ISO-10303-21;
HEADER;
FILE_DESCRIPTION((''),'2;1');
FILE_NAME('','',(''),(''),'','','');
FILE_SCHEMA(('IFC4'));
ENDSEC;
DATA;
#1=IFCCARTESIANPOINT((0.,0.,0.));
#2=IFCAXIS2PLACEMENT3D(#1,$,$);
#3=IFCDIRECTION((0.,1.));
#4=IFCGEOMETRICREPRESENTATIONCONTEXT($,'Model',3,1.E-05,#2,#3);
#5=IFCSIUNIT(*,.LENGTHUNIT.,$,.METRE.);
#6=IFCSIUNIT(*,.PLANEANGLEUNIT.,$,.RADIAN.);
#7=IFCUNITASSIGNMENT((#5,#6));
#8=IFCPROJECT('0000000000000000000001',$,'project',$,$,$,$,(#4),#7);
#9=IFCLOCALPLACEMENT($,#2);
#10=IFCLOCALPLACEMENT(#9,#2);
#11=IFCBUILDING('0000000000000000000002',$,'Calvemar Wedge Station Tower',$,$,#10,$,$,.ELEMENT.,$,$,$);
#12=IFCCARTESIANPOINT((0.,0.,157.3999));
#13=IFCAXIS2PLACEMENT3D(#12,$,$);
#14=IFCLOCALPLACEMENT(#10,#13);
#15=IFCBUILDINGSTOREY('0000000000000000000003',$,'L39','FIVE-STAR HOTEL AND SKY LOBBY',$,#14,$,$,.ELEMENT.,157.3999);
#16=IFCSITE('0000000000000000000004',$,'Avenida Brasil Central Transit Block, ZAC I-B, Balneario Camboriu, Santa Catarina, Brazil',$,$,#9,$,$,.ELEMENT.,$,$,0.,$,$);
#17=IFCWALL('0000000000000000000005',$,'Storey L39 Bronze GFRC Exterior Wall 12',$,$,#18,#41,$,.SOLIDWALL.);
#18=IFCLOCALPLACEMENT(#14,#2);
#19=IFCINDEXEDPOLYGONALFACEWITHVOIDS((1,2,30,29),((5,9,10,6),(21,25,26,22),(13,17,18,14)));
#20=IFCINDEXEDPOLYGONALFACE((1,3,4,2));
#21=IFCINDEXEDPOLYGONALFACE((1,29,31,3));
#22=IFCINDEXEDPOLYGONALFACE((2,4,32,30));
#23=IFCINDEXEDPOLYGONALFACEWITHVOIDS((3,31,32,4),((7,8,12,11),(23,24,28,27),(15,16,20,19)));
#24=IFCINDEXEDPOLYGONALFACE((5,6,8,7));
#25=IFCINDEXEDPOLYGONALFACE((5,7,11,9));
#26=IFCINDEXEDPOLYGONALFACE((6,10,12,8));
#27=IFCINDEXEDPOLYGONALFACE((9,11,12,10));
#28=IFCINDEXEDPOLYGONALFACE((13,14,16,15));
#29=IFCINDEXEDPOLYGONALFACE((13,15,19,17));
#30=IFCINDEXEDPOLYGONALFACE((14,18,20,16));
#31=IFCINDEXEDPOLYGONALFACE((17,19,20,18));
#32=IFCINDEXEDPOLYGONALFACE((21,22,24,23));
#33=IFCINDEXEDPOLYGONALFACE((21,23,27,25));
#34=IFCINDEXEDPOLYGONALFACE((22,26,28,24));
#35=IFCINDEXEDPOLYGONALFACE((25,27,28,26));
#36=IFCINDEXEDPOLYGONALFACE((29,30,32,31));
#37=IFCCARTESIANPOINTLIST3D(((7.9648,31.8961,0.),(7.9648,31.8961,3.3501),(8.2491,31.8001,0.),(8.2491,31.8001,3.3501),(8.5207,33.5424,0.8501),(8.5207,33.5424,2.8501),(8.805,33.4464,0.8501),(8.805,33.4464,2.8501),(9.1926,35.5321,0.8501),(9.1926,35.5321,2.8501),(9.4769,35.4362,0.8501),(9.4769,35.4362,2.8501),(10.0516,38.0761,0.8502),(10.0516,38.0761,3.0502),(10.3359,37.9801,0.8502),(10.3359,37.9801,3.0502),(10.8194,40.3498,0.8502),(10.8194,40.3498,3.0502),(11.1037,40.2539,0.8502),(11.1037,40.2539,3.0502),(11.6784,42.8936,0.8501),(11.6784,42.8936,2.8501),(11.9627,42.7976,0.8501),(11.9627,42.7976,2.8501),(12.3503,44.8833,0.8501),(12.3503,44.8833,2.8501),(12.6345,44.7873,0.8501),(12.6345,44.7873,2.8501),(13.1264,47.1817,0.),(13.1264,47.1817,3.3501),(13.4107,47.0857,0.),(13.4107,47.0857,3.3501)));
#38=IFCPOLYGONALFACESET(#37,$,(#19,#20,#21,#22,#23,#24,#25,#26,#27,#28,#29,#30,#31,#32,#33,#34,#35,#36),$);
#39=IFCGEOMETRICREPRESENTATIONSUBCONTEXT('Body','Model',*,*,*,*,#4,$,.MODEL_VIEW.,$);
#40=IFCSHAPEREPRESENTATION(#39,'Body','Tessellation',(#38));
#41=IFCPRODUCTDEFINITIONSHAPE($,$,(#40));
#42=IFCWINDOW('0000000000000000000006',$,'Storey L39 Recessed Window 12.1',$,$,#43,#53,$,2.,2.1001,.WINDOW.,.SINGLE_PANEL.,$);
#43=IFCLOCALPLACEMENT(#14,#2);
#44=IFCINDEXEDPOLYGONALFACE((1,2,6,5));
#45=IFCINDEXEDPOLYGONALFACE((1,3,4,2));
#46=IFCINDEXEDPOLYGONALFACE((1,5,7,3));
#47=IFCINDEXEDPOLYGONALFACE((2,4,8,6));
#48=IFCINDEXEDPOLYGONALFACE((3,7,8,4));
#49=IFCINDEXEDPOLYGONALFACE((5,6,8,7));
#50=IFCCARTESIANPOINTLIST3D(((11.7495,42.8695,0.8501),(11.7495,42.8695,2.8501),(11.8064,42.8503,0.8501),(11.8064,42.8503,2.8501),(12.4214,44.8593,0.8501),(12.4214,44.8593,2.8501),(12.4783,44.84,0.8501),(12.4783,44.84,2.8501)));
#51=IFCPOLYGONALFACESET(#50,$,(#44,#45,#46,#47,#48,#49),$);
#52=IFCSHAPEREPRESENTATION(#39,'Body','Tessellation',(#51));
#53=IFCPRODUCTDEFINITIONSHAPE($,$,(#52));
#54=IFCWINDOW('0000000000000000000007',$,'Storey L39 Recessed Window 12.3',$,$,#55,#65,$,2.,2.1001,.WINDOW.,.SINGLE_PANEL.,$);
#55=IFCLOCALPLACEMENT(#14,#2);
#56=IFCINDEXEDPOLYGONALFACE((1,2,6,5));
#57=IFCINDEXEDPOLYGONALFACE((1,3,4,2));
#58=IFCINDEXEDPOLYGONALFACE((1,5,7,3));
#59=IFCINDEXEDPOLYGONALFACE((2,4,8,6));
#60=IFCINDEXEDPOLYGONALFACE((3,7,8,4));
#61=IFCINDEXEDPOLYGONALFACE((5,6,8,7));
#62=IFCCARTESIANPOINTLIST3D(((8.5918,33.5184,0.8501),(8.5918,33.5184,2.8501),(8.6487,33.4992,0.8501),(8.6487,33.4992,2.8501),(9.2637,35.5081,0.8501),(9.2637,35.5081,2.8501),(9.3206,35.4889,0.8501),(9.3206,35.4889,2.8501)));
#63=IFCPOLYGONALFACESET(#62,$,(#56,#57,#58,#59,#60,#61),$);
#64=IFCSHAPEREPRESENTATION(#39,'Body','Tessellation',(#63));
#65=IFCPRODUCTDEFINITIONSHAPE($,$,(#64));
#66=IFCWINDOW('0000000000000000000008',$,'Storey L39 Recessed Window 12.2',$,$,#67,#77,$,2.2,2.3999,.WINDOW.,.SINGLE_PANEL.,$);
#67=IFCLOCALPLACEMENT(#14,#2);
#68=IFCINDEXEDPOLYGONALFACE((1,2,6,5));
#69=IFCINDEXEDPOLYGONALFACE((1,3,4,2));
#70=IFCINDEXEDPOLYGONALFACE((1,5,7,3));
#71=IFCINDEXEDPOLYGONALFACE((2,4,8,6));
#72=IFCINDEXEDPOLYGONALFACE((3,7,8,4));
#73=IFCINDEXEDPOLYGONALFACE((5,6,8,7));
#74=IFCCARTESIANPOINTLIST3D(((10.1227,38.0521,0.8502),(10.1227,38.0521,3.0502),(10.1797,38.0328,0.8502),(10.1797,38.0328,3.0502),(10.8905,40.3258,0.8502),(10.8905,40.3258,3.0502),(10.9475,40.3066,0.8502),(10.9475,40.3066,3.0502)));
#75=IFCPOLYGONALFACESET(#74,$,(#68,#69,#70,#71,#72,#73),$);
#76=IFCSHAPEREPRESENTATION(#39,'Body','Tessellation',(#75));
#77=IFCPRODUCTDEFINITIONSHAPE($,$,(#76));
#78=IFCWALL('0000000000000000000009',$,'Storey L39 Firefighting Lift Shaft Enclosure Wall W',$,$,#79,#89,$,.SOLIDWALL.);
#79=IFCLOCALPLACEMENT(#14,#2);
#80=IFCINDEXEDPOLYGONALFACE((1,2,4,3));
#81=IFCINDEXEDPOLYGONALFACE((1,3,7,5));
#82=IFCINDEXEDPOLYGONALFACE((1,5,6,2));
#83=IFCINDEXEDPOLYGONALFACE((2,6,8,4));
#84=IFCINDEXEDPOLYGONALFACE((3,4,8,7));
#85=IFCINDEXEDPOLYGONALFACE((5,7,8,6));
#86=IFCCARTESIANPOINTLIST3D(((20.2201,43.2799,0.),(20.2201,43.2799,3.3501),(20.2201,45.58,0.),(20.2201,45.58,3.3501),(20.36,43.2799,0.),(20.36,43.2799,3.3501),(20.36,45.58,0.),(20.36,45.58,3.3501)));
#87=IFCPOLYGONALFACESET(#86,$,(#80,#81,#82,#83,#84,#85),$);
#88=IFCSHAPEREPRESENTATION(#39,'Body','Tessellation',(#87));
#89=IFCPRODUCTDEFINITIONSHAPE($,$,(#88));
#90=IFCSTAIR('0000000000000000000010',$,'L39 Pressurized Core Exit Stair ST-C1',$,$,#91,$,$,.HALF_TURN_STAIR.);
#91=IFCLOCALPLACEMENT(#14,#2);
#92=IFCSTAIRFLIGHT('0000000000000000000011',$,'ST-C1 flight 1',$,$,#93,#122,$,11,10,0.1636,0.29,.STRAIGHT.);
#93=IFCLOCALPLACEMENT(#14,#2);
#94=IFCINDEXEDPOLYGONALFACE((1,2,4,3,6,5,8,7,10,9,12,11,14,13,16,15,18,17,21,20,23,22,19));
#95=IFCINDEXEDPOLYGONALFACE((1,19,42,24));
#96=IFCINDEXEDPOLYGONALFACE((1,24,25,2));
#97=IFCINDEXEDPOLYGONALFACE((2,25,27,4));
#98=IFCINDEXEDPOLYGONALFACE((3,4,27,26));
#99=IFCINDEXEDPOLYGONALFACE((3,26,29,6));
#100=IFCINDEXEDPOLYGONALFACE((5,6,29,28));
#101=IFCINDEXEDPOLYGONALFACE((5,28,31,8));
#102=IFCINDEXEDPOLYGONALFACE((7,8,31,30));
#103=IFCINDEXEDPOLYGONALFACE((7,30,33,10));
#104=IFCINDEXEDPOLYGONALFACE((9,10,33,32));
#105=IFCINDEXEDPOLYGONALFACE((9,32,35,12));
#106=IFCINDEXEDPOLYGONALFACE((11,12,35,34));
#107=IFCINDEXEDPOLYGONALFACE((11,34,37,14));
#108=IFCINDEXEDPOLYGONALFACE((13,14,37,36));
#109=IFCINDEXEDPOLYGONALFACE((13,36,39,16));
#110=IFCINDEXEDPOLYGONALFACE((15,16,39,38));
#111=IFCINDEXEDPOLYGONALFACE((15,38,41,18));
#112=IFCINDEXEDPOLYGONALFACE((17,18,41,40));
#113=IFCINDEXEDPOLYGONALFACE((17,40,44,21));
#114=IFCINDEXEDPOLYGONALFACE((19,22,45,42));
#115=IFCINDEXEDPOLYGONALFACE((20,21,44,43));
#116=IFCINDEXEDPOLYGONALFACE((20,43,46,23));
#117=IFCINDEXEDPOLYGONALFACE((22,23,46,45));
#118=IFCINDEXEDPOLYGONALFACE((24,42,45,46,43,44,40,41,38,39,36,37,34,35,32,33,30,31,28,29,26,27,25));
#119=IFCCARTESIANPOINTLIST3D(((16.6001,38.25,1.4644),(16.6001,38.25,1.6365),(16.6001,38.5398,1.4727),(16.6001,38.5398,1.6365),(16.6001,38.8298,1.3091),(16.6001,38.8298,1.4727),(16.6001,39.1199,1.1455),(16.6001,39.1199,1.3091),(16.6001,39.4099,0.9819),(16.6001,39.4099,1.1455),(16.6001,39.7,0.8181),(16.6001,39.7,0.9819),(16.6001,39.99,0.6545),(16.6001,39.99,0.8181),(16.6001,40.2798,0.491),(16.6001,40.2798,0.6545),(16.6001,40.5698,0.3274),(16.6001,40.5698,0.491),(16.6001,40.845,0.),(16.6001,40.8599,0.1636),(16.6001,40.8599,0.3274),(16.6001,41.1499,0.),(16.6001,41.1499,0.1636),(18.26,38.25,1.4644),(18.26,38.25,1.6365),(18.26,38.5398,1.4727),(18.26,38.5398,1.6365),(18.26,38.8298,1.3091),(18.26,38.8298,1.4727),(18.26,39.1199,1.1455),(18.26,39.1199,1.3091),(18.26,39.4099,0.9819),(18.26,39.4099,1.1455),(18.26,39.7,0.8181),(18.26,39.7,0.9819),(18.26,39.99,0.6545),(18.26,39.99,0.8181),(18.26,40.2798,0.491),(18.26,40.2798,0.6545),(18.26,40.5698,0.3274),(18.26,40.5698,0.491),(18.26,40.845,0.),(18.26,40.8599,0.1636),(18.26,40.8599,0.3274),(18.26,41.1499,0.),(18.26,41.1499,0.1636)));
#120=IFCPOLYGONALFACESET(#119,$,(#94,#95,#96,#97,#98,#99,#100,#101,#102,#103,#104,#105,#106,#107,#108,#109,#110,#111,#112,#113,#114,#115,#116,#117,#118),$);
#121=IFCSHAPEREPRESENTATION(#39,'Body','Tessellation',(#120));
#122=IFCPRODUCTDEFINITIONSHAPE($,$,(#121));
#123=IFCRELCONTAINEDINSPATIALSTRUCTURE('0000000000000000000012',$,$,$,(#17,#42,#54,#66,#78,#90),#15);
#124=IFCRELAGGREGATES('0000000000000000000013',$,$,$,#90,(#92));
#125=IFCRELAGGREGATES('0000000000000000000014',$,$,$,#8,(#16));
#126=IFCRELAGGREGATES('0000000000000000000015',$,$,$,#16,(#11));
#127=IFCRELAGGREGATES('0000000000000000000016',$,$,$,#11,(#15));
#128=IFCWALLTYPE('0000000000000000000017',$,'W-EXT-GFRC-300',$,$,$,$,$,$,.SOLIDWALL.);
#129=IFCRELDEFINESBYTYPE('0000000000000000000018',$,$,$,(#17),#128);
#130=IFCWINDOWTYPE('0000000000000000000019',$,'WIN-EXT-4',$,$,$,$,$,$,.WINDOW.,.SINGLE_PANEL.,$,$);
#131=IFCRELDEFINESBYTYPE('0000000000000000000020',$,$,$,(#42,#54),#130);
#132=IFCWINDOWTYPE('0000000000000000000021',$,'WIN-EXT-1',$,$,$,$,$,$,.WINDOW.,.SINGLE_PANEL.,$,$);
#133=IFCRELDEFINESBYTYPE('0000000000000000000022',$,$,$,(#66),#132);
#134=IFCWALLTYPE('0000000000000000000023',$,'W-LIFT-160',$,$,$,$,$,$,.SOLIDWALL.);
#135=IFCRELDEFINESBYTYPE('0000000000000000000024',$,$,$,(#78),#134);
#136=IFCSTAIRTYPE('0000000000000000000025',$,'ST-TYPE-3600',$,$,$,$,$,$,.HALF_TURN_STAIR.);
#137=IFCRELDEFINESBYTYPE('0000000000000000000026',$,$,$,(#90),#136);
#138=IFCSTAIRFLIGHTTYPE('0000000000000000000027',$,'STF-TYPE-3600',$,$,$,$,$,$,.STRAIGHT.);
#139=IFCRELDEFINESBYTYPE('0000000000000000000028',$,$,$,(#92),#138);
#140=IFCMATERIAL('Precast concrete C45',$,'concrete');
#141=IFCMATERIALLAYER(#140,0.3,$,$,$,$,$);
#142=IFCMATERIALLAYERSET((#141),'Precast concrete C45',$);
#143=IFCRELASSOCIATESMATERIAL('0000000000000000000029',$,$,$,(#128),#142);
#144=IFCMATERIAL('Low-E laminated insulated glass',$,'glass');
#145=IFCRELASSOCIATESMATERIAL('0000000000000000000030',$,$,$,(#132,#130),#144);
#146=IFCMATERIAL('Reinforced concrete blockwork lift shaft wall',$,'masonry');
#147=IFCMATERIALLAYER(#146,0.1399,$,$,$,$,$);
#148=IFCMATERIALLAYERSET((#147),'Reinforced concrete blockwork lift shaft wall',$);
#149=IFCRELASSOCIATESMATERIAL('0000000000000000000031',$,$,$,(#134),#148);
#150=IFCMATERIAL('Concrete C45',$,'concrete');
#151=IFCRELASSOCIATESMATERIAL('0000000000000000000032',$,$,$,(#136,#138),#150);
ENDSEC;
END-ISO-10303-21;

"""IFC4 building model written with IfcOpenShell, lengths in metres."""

from ifc_helpers import new_model, si_unit, direction, frame, frame_2d, origin, place, context, subcontext, project, spatial, polyline, rectangle, outline, extrude, source, transform, mapped, material, layer, layer_set, type_object, element, fill, aggregate, save


model = new_model("IFC4")

# Units and contexts
model_context = context("Model", 3, precision=1e-05, world=origin(), true_north=direction((0.0, 1.0)))
body_context = subcontext(model_context, "Body", "Model", "MODEL_VIEW")
ifc_project = project(units=[si_unit("LENGTHUNIT", "METRE"), si_unit("PLANEANGLEUNIT", "RADIAN")], contexts=[model_context])

# Site, building, storey
site_placement = place(None, origin())
site = spatial("IfcSite", under=ifc_project, at=site_placement, Name="Avenida Brasil Central Transit Block, ZAC I-B, Balneario Camboriu, Santa Catarina, Brazil", CompositionType="ELEMENT", RefElevation=0.0)
building_placement = place(site_placement, origin())
building = spatial("IfcBuilding", under=site, at=building_placement, Name="Calvemar Wedge Station Tower", CompositionType="ELEMENT")
storey_placement = place(building_placement, frame((0.0, 0.0, 157.3999)))
storey = spatial("IfcBuildingStorey", under=building, at=storey_placement, Name="L39", Description="FIVE-STAR HOTEL AND SKY LOBBY", CompositionType="ELEMENT", Elevation=157.3999)

# Wall, openings, windows
ifc_material_1 = material(Name="Precast concrete C45", Category="concrete")
ifc_layer_1 = layer(ifc_material_1, 0.3)
ifc_layer_set_1 = layer_set([ifc_layer_1], Name="Precast concrete C45")
wall_type_1 = type_object("IfcWallType", Name="W-EXT-GFRC-300", PredefinedType="SOLIDWALL", material=ifc_layer_set_1)
shared_shape_1 = source(origin(), body_context, "Body", "SweptSolid", [
    extrude(rectangle(XDim=2.3999, YDim=2.2, at=frame_2d((1.2, 1.1001))), frame((0.0, 0.1602, 0.0), z_axis=(0.0, -1.0, 0.0), x_axis=(1.0, 0.0, 0.0)), (0.0, 0.0, 1.0), 0.3201),
])
ifc_material_2 = material(Name="Low-E laminated insulated glass", Category="glass")
window_type_1 = type_object("IfcWindowType", Name="WIN-EXT-1", PartitioningType="SINGLE_PANEL", PredefinedType="WINDOW", material=ifc_material_2)
shared_shape_2 = source(origin(), body_context, "Body", "SweptSolid", [
    extrude(rectangle(XDim=2.3999, YDim=2.2, at=frame_2d((1.2, 1.1001))), frame((0.0, -0.0149, 0.0), z_axis=(0.0, -1.0, 0.0), x_axis=(1.0, 0.0, 0.0)), (0.0, 0.0, 1.0), 0.0601),
])
wall_1_placement = place(storey_placement, frame((13.2686, 47.1338, 0.0), z_axis=(0.0, 0.0, 1.0), x_axis=(-0.31993, -0.947441, 0.0)))
wall_1 = element("IfcWall", 1, at=wall_1_placement, inside=storey, type_object=wall_type_1, Name="Storey L39 Bronze GFRC Exterior Wall 12", PredefinedType="SOLIDWALL", context=body_context, shape_type="SweptSolid", body=[
    extrude(rectangle(XDim=16.1335, YDim=0.3, at=frame_2d((8.0669, 0.0))), origin(), (0.0, 0.0, 1.0), 3.3501),
])
shared_shape_3 = source(origin(), body_context, "Body", "SweptSolid", [
    extrude(rectangle(XDim=2.1001, YDim=2.0, at=frame_2d((1.05, 1.0))), frame((0.0, 0.1602, 0.0), z_axis=(0.0, -1.0, 0.0), x_axis=(1.0, 0.0, 0.0)), (0.0, 0.0, 1.0), 0.3201),
])
opening_1_placement = place(wall_1_placement, frame((2.426, 0.0, 0.8501)))
opening_1 = element("IfcOpeningElement", 2, at=opening_1_placement, cuts=wall_1, PredefinedType="OPENING", context=body_context, shape_type="MappedRepresentation", body=[
    mapped(shared_shape_3, transform((0.0, 0.0, 0.0), scale=1.0)),
])
opening_2_placement = place(wall_1_placement, frame((7.2109, 0.0, 0.8501)))
opening_2 = element("IfcOpeningElement", 3, at=opening_2_placement, cuts=wall_1, PredefinedType="OPENING", context=body_context, shape_type="MappedRepresentation", body=[
    mapped(shared_shape_1, transform((0.0, 0.0, 0.0), scale=1.0)),
])
opening_3_placement = place(wall_1_placement, frame((12.2959, 0.0, 0.8501)))
opening_3 = element("IfcOpeningElement", 4, at=opening_3_placement, cuts=wall_1, PredefinedType="OPENING", context=body_context, shape_type="MappedRepresentation", body=[
    mapped(shared_shape_3, transform((0.0, 0.0, 0.0), scale=1.0)),
])
window_type_2 = type_object("IfcWindowType", Name="WIN-EXT-4", PartitioningType="SINGLE_PANEL", PredefinedType="WINDOW", material=ifc_material_2)
shared_shape_4 = source(origin(), body_context, "Body", "SweptSolid", [
    extrude(rectangle(XDim=2.1001, YDim=2.0, at=frame_2d((1.05, 1.0))), frame((0.0, -0.0149, 0.0), z_axis=(0.0, -1.0, 0.0), x_axis=(1.0, 0.0, 0.0)), (0.0, 0.0, 1.0), 0.0601),
])
window_1_placement = place(opening_1_placement, origin())
window_1 = element("IfcWindow", 5, at=window_1_placement, inside=storey, type_object=window_type_2, Name="Storey L39 Recessed Window 12.1", OverallHeight=2.0, OverallWidth=2.1001, PartitioningType="SINGLE_PANEL", PredefinedType="WINDOW", context=body_context, shape_type="MappedRepresentation", body=[
    mapped(shared_shape_4, transform((0.0, 0.0, 0.0), scale=1.0)),
])
fill(opening_1, window_1)
window_2_placement = place(opening_3_placement, origin())
window_2 = element("IfcWindow", 6, at=window_2_placement, inside=storey, type_object=window_type_2, Name="Storey L39 Recessed Window 12.3", OverallHeight=2.0, OverallWidth=2.1001, PartitioningType="SINGLE_PANEL", PredefinedType="WINDOW", context=body_context, shape_type="MappedRepresentation", body=[
    mapped(shared_shape_4, transform((0.0, 0.0, 0.0), scale=1.0)),
])
fill(opening_3, window_2)
window_3_placement = place(opening_2_placement, origin())
window_3 = element("IfcWindow", 7, at=window_3_placement, inside=storey, type_object=window_type_1, Name="Storey L39 Recessed Window 12.2", OverallHeight=2.2, OverallWidth=2.3999, PartitioningType="SINGLE_PANEL", PredefinedType="WINDOW", context=body_context, shape_type="MappedRepresentation", body=[
    mapped(shared_shape_2, transform((0.0, 0.0, 0.0), scale=1.0)),
])
fill(opening_2, window_3)

# Shared definitions
ifc_material_3 = material(Name="Reinforced concrete blockwork lift shaft wall", Category="masonry")
ifc_layer_2 = layer(ifc_material_3, 0.1399)
ifc_layer_set_2 = layer_set([ifc_layer_2], Name="Reinforced concrete blockwork lift shaft wall")
wall_type_2 = type_object("IfcWallType", Name="W-LIFT-160", PredefinedType="SOLIDWALL", material=ifc_layer_set_2)

# Wall
wall_2_placement = place(storey_placement, frame((20.29, 43.28, 0.0), z_axis=(0.0, 0.0, 1.0), x_axis=(0.0, 1.0, 0.0)))
element("IfcWall", 8, at=wall_2_placement, inside=storey, type_object=wall_type_2, Name="Storey L39 Firefighting Lift Shaft Enclosure Wall W", PredefinedType="SOLIDWALL", context=body_context, shape_type="SweptSolid", body=[
    extrude(rectangle(XDim=2.3, YDim=0.1399, at=frame_2d((1.1499, 0.0))), origin(), (0.0, 0.0, 1.0), 3.3501),
])

# Stair, stair flight
ifc_material_4 = material(Name="Concrete C45", Category="concrete")
stair_type = type_object("IfcStairType", Name="ST-TYPE-3600", PredefinedType="HALF_TURN_STAIR", material=ifc_material_4)
stair_placement = place(storey_placement, origin())
stair = element("IfcStair", 9, at=stair_placement, inside=storey, type_object=stair_type, Name="L39 Pressurized Core Exit Stair ST-C1", PredefinedType="HALF_TURN_STAIR")
stair_flight_type = type_object("IfcStairFlightType", Name="STF-TYPE-3600", PredefinedType="STRAIGHT", material=ifc_material_4)
stair_flight_placement = place(storey_placement, frame((17.4299, 41.1499, 0.0), z_axis=(0.0, 0.0, 1.0), x_axis=(0.0, -1.0, 0.0)))
stair_flight = element("IfcStairFlight", 10, at=stair_flight_placement, type_object=stair_flight_type, Name="ST-C1 flight 1", NumberOfRisers=11, NumberOfTreads=10, PredefinedType="STRAIGHT", RiserHeight=0.1636, TreadLength=0.29, context=body_context, shape_type="SweptSolid", body=[
    extrude(outline(polyline([(0.0, 0.0), (0.0, 0.1636), (0.29, 0.1636), (0.29, 0.3274), (0.5801, 0.3274), (0.5801, 0.491), (0.8701, 0.491), (0.8701, 0.6545), (1.1599, 0.6545), (1.1599, 0.8181), (1.45, 0.8181), (1.45, 0.9819), (1.74, 0.9819), (1.74, 1.1455), (2.03, 1.1455), (2.03, 1.3091), (2.3201, 1.3091), (2.3201, 1.4727), (2.6101, 1.4727), (2.6101, 1.6365), (2.8999, 1.6365), (2.8999, 1.8), (2.8999, 1.4644), (0.3049, 0.0), (0.0, 0.0)])), frame((0.0, 0.8301, 0.0), z_axis=(0.0, -1.0, 0.0), x_axis=(1.0, 0.0, 0.0)), (0.0, 0.0, 1.0), 1.6599),
])
aggregate(stair, [stair_flight])

save(model, "model.ifc")
